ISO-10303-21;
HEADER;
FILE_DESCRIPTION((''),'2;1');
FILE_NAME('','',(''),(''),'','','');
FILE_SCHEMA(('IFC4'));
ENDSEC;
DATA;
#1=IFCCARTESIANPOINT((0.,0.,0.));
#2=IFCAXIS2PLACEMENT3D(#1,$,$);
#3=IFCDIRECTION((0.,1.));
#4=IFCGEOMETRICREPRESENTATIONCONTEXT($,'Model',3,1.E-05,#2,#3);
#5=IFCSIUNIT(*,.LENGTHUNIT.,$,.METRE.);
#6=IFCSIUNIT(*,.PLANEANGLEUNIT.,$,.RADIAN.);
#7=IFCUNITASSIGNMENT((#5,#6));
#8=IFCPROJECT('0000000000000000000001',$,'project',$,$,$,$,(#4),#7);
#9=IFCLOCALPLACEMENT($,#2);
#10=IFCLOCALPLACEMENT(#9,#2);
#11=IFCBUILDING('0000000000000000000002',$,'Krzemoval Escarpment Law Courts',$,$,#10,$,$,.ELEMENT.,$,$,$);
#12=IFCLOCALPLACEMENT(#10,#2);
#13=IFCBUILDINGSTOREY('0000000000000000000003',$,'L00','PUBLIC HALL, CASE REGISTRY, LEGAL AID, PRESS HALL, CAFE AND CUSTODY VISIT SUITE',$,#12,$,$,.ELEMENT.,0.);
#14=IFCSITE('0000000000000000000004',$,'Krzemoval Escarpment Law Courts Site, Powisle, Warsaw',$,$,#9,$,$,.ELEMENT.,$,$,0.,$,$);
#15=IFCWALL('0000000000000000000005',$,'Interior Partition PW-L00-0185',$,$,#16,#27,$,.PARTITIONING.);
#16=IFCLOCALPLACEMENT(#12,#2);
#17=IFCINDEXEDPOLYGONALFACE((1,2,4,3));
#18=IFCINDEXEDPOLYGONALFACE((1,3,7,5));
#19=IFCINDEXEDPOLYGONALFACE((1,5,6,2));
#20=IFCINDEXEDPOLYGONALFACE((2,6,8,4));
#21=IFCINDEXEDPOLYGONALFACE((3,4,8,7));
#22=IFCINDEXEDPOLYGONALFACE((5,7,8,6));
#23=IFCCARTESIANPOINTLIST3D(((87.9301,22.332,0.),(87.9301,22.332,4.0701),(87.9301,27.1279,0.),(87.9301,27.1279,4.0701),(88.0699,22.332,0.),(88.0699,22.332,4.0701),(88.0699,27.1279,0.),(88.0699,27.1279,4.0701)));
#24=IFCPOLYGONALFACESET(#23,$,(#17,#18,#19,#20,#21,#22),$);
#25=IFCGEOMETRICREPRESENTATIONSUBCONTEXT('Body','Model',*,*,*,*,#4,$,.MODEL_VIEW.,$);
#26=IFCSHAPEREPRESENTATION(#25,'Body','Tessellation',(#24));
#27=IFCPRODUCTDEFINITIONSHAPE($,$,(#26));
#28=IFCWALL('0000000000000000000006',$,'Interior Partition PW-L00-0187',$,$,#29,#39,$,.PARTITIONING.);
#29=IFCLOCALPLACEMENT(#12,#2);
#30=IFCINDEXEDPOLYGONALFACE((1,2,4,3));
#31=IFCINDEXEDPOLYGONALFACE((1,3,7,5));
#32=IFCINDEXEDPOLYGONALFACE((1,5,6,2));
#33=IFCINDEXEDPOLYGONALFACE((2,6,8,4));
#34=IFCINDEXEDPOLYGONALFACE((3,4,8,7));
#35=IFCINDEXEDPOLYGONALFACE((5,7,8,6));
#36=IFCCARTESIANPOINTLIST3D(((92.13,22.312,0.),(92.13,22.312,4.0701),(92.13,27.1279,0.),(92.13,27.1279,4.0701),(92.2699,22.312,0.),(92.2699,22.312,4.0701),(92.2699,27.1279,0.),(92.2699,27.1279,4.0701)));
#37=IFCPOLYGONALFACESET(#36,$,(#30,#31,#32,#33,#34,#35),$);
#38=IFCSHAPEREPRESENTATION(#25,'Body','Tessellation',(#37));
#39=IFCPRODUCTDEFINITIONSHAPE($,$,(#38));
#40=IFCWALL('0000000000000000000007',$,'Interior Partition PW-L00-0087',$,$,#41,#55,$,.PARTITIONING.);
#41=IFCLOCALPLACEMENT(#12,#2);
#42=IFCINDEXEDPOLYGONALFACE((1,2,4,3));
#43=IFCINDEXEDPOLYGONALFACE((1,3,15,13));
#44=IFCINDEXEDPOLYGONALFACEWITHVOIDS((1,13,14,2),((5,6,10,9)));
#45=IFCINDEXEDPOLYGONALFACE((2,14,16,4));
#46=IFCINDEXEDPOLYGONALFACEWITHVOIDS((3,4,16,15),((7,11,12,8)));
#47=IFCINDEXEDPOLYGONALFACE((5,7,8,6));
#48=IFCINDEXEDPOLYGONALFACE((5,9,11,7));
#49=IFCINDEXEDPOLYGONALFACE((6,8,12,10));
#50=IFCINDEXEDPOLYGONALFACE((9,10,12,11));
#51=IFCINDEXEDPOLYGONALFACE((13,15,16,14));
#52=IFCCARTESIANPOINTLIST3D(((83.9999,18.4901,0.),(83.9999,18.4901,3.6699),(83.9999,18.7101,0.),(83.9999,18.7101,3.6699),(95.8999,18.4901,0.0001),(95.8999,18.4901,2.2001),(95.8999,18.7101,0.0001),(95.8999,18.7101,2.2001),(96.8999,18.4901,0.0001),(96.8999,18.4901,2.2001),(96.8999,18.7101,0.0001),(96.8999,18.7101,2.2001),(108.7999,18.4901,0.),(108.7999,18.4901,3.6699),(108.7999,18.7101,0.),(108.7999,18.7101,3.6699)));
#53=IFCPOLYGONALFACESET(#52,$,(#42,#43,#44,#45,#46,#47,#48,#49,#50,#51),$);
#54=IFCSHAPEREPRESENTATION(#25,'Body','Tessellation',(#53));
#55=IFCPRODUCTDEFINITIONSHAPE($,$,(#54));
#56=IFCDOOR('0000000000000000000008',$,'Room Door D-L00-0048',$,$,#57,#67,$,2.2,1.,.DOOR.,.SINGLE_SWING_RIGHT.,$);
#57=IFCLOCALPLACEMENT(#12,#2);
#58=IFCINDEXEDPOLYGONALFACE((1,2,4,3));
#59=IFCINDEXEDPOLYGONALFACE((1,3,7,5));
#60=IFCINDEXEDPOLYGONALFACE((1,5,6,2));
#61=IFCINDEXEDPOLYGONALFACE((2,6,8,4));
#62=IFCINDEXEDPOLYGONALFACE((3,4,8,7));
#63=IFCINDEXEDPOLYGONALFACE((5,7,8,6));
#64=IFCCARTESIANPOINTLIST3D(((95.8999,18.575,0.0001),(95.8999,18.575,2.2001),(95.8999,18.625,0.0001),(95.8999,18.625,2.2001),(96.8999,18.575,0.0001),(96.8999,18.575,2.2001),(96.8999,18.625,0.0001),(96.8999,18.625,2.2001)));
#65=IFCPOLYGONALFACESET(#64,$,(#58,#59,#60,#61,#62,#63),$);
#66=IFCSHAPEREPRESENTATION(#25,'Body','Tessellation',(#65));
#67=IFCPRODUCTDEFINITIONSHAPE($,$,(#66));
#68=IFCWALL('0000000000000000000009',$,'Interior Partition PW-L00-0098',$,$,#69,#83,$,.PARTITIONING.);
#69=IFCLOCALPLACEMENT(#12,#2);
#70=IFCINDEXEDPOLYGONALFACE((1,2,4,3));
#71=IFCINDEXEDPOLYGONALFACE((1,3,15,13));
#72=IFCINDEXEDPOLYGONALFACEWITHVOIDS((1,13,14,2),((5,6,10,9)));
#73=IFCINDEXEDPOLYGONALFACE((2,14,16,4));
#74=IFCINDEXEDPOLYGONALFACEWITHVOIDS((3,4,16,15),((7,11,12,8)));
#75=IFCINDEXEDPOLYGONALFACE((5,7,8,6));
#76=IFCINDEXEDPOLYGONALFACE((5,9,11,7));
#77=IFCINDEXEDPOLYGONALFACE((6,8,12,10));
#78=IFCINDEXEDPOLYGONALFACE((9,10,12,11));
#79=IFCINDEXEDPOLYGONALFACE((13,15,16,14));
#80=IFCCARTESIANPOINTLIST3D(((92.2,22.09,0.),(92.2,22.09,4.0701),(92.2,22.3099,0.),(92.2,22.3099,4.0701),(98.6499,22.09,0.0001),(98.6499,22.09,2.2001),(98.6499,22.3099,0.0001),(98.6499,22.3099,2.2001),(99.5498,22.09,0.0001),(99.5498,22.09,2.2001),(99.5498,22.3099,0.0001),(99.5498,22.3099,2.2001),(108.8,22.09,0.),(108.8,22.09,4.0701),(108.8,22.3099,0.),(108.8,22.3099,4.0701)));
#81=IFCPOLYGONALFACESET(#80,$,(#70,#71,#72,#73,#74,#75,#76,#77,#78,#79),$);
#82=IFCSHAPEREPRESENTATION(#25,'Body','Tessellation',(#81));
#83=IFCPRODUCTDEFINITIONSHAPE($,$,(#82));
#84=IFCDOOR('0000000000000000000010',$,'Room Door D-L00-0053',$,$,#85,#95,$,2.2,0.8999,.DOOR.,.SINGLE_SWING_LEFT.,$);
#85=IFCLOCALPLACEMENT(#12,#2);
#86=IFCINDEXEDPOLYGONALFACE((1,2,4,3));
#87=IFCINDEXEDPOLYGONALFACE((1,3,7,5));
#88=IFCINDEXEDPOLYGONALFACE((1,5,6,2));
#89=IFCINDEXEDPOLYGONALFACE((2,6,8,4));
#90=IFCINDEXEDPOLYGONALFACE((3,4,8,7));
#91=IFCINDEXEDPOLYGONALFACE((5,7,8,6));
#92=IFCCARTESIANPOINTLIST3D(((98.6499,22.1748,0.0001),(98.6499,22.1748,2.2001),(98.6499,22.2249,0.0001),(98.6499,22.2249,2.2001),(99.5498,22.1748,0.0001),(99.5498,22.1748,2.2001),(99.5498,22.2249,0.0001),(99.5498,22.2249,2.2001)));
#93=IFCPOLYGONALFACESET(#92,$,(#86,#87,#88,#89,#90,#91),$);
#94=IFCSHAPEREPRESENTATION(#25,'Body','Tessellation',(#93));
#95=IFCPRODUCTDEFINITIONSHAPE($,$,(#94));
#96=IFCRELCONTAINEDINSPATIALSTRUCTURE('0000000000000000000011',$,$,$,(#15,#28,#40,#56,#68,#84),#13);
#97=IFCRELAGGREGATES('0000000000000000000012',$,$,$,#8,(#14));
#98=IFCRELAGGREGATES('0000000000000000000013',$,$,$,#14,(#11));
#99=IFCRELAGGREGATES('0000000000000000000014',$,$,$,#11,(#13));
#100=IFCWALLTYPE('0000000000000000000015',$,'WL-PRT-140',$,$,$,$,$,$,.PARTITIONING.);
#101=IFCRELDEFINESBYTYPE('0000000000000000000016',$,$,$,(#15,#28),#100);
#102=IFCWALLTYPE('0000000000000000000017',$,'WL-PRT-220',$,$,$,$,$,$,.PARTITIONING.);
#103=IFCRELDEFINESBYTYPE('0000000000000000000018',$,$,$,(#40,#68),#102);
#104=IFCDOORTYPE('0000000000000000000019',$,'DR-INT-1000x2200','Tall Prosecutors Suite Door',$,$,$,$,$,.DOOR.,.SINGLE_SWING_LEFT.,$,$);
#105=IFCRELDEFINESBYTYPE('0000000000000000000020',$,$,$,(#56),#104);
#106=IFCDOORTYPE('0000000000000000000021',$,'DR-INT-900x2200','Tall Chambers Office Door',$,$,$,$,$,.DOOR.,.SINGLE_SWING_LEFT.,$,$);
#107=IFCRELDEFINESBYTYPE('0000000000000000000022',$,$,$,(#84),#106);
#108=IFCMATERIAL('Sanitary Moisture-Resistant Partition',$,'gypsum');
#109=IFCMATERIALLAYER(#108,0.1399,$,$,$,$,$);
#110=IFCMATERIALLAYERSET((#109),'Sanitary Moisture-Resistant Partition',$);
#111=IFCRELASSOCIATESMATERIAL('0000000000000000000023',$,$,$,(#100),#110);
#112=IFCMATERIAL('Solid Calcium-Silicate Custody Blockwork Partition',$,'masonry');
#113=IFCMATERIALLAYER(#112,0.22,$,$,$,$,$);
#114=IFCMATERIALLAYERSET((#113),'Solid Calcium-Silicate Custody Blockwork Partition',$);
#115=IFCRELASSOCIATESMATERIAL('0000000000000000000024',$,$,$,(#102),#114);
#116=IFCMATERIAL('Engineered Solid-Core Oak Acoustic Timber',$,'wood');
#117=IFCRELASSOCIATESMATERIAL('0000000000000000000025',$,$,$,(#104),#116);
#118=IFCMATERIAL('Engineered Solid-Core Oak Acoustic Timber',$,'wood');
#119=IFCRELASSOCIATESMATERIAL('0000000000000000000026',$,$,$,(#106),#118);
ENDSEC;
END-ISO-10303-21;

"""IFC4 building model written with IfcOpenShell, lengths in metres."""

from ifc_helpers import new_model, si_unit, direction, frame, frame_2d, origin, place, context, subcontext, project, spatial, rectangle, extrude, material, layer, layer_set, type_object, element, fill, save


model = new_model("IFC4")

# Units and contexts
model_context = context("Model", 3, precision=1e-05, world=origin(), true_north=direction((0.0, 1.0)))
body_context = subcontext(model_context, "Body", "Model", "MODEL_VIEW")
ifc_project = project(units=[si_unit("LENGTHUNIT", "METRE"), si_unit("PLANEANGLEUNIT", "RADIAN")], contexts=[model_context])

# Site, building, storey
site_placement = place(None, origin())
site = spatial("IfcSite", under=ifc_project, at=site_placement, Name="Krzemoval Escarpment Law Courts Site, Powisle, Warsaw", CompositionType="ELEMENT", RefElevation=0.0)
building_placement = place(site_placement, origin())
building = spatial("IfcBuilding", under=site, at=building_placement, Name="Krzemoval Escarpment Law Courts", CompositionType="ELEMENT")
storey_placement = place(building_placement, origin())
storey = spatial("IfcBuildingStorey", under=building, at=storey_placement, Name="L00", Description="PUBLIC HALL, CASE REGISTRY, LEGAL AID, PRESS HALL, CAFE AND CUSTODY VISIT SUITE", CompositionType="ELEMENT", Elevation=0.0)

# Shared definitions
ifc_material_1 = material(Name="Sanitary Moisture-Resistant Partition", Category="gypsum")
ifc_layer_1 = layer(ifc_material_1, 0.1399)
ifc_layer_set_1 = layer_set([ifc_layer_1], Name="Sanitary Moisture-Resistant Partition")
wall_type_1 = type_object("IfcWallType", Name="WL-PRT-140", PredefinedType="PARTITIONING", material=ifc_layer_set_1)

# Walls
wall_1_placement = place(storey_placement, frame((88.0, 22.332, 0.0), z_axis=(0.0, 0.0, 1.0), x_axis=(0.0, 1.0, 0.0)))
element("IfcWall", 1, at=wall_1_placement, inside=storey, type_object=wall_type_1, Name="Interior Partition PW-L00-0185", PredefinedType="PARTITIONING", context=body_context, shape_type="SweptSolid", body=[
    extrude(rectangle(XDim=4.7959, YDim=0.1399, at=frame_2d((2.3979, 0.0))), origin(), (0.0, 0.0, 1.0), 4.0701),
])
wall_2_placement = place(storey_placement, frame((92.2, 22.312, 0.0), z_axis=(0.0, 0.0, 1.0), x_axis=(0.0, 1.0, 0.0)))
element("IfcWall", 2, at=wall_2_placement, inside=storey, type_object=wall_type_1, Name="Interior Partition PW-L00-0187", PredefinedType="PARTITIONING", context=body_context, shape_type="SweptSolid", body=[
    extrude(rectangle(XDim=4.8159, YDim=0.1399, at=frame_2d((2.408, 0.0))), origin(), (0.0, 0.0, 1.0), 4.0701),
])

# Walls, openings, doors
ifc_material_2 = material(Name="Solid Calcium-Silicate Custody Blockwork Partition", Category="masonry")
ifc_layer_2 = layer(ifc_material_2, 0.22)
ifc_layer_set_2 = layer_set([ifc_layer_2], Name="Solid Calcium-Silicate Custody Blockwork Partition")
wall_type_2 = type_object("IfcWallType", Name="WL-PRT-220", PredefinedType="PARTITIONING", material=ifc_layer_set_2)
wall_3_placement = place(storey_placement, frame((84.0, 18.6001, 0.0), z_axis=(0.0, 0.0, 1.0), x_axis=(1.0, 0.0, 0.0)))
wall_3 = element("IfcWall", 3, at=wall_3_placement, inside=storey, type_object=wall_type_2, Name="Interior Partition PW-L00-0087", PredefinedType="PARTITIONING", context=body_context, shape_type="SweptSolid", body=[
    extrude(rectangle(XDim=24.8, YDim=0.22, at=frame_2d((12.3999, 0.0))), origin(), (0.0, 0.0, 1.0), 3.6699),
])
opening_1_placement = place(wall_3_placement, frame((11.8999, 0.0, 0.0)))
opening_1 = element("IfcOpeningElement", 4, at=opening_1_placement, cuts=wall_3, PredefinedType="OPENING", context=body_context, shape_type="SweptSolid", body=[
    extrude(rectangle(XDim=1.0, YDim=2.2, at=frame_2d((0.5, 1.1001))), frame((0.0, 0.125, 0.0), z_axis=(0.0, -1.0, 0.0), x_axis=(1.0, 0.0, 0.0)), (0.0, 0.0, 1.0), 0.25),
])
ifc_material_3 = material(Name="Engineered Solid-Core Oak Acoustic Timber", Category="wood")
door_type_1 = type_object("IfcDoorType", Name="DR-INT-1000x2200", Description="Tall Prosecutors Suite Door", OperationType="SINGLE_SWING_LEFT", PredefinedType="DOOR", material=ifc_material_3)
door_1_placement = place(opening_1_placement, origin())
door_1 = element("IfcDoor", 5, at=door_1_placement, inside=storey, type_object=door_type_1, Name="Room Door D-L00-0048", OperationType="SINGLE_SWING_RIGHT", OverallHeight=2.2, OverallWidth=1.0, PredefinedType="DOOR", context=body_context, shape_type="SweptSolid", body=[
    extrude(rectangle(XDim=1.0, YDim=2.2, at=frame_2d((0.5, 1.1001))), frame((0.0, 0.0249, 0.0), z_axis=(0.0, -1.0, 0.0), x_axis=(1.0, 0.0, 0.0)), (0.0, 0.0, 1.0), 0.05),
])
fill(opening_1, door_1)
wall_4_placement = place(storey_placement, frame((92.2, 22.2, 0.0), z_axis=(0.0, 0.0, 1.0), x_axis=(1.0, 0.0, 0.0)))
wall_4 = element("IfcWall", 6, at=wall_4_placement, inside=storey, type_object=wall_type_2, Name="Interior Partition PW-L00-0098", PredefinedType="PARTITIONING", context=body_context, shape_type="SweptSolid", body=[
    extrude(rectangle(XDim=16.6001, YDim=0.22, at=frame_2d((8.3, 0.0))), origin(), (0.0, 0.0, 1.0), 4.0701),
])
opening_2_placement = place(wall_4_placement, frame((6.45, 0.0, 0.0)))
opening_2 = element("IfcOpeningElement", 7, at=opening_2_placement, cuts=wall_4, PredefinedType="OPENING", context=body_context, shape_type="SweptSolid", body=[
    extrude(rectangle(XDim=0.8999, YDim=2.2, at=frame_2d((0.45, 1.1001))), frame((0.0, 0.125, 0.0), z_axis=(0.0, -1.0, 0.0), x_axis=(1.0, 0.0, 0.0)), (0.0, 0.0, 1.0), 0.25),
])
ifc_material_4 = material(Name="Engineered Solid-Core Oak Acoustic Timber", Category="wood")
door_type_2 = type_object("IfcDoorType", Name="DR-INT-900x2200", Description="Tall Chambers Office Door", OperationType="SINGLE_SWING_LEFT", PredefinedType="DOOR", material=ifc_material_4)
door_2_placement = place(opening_2_placement, origin())
door_2 = element("IfcDoor", 8, at=door_2_placement, inside=storey, type_object=door_type_2, Name="Room Door D-L00-0053", OperationType="SINGLE_SWING_LEFT", OverallHeight=2.2, OverallWidth=0.8999, PredefinedType="DOOR", context=body_context, shape_type="SweptSolid", body=[
    extrude(rectangle(XDim=0.8999, YDim=2.2, at=frame_2d((0.45, 1.1001))), frame((0.0, 0.0249, 0.0), z_axis=(0.0, -1.0, 0.0), x_axis=(1.0, 0.0, 0.0)), (0.0, 0.0, 1.0), 0.05),
])
fill(opening_2, door_2)

save(model, "model.ifc")
